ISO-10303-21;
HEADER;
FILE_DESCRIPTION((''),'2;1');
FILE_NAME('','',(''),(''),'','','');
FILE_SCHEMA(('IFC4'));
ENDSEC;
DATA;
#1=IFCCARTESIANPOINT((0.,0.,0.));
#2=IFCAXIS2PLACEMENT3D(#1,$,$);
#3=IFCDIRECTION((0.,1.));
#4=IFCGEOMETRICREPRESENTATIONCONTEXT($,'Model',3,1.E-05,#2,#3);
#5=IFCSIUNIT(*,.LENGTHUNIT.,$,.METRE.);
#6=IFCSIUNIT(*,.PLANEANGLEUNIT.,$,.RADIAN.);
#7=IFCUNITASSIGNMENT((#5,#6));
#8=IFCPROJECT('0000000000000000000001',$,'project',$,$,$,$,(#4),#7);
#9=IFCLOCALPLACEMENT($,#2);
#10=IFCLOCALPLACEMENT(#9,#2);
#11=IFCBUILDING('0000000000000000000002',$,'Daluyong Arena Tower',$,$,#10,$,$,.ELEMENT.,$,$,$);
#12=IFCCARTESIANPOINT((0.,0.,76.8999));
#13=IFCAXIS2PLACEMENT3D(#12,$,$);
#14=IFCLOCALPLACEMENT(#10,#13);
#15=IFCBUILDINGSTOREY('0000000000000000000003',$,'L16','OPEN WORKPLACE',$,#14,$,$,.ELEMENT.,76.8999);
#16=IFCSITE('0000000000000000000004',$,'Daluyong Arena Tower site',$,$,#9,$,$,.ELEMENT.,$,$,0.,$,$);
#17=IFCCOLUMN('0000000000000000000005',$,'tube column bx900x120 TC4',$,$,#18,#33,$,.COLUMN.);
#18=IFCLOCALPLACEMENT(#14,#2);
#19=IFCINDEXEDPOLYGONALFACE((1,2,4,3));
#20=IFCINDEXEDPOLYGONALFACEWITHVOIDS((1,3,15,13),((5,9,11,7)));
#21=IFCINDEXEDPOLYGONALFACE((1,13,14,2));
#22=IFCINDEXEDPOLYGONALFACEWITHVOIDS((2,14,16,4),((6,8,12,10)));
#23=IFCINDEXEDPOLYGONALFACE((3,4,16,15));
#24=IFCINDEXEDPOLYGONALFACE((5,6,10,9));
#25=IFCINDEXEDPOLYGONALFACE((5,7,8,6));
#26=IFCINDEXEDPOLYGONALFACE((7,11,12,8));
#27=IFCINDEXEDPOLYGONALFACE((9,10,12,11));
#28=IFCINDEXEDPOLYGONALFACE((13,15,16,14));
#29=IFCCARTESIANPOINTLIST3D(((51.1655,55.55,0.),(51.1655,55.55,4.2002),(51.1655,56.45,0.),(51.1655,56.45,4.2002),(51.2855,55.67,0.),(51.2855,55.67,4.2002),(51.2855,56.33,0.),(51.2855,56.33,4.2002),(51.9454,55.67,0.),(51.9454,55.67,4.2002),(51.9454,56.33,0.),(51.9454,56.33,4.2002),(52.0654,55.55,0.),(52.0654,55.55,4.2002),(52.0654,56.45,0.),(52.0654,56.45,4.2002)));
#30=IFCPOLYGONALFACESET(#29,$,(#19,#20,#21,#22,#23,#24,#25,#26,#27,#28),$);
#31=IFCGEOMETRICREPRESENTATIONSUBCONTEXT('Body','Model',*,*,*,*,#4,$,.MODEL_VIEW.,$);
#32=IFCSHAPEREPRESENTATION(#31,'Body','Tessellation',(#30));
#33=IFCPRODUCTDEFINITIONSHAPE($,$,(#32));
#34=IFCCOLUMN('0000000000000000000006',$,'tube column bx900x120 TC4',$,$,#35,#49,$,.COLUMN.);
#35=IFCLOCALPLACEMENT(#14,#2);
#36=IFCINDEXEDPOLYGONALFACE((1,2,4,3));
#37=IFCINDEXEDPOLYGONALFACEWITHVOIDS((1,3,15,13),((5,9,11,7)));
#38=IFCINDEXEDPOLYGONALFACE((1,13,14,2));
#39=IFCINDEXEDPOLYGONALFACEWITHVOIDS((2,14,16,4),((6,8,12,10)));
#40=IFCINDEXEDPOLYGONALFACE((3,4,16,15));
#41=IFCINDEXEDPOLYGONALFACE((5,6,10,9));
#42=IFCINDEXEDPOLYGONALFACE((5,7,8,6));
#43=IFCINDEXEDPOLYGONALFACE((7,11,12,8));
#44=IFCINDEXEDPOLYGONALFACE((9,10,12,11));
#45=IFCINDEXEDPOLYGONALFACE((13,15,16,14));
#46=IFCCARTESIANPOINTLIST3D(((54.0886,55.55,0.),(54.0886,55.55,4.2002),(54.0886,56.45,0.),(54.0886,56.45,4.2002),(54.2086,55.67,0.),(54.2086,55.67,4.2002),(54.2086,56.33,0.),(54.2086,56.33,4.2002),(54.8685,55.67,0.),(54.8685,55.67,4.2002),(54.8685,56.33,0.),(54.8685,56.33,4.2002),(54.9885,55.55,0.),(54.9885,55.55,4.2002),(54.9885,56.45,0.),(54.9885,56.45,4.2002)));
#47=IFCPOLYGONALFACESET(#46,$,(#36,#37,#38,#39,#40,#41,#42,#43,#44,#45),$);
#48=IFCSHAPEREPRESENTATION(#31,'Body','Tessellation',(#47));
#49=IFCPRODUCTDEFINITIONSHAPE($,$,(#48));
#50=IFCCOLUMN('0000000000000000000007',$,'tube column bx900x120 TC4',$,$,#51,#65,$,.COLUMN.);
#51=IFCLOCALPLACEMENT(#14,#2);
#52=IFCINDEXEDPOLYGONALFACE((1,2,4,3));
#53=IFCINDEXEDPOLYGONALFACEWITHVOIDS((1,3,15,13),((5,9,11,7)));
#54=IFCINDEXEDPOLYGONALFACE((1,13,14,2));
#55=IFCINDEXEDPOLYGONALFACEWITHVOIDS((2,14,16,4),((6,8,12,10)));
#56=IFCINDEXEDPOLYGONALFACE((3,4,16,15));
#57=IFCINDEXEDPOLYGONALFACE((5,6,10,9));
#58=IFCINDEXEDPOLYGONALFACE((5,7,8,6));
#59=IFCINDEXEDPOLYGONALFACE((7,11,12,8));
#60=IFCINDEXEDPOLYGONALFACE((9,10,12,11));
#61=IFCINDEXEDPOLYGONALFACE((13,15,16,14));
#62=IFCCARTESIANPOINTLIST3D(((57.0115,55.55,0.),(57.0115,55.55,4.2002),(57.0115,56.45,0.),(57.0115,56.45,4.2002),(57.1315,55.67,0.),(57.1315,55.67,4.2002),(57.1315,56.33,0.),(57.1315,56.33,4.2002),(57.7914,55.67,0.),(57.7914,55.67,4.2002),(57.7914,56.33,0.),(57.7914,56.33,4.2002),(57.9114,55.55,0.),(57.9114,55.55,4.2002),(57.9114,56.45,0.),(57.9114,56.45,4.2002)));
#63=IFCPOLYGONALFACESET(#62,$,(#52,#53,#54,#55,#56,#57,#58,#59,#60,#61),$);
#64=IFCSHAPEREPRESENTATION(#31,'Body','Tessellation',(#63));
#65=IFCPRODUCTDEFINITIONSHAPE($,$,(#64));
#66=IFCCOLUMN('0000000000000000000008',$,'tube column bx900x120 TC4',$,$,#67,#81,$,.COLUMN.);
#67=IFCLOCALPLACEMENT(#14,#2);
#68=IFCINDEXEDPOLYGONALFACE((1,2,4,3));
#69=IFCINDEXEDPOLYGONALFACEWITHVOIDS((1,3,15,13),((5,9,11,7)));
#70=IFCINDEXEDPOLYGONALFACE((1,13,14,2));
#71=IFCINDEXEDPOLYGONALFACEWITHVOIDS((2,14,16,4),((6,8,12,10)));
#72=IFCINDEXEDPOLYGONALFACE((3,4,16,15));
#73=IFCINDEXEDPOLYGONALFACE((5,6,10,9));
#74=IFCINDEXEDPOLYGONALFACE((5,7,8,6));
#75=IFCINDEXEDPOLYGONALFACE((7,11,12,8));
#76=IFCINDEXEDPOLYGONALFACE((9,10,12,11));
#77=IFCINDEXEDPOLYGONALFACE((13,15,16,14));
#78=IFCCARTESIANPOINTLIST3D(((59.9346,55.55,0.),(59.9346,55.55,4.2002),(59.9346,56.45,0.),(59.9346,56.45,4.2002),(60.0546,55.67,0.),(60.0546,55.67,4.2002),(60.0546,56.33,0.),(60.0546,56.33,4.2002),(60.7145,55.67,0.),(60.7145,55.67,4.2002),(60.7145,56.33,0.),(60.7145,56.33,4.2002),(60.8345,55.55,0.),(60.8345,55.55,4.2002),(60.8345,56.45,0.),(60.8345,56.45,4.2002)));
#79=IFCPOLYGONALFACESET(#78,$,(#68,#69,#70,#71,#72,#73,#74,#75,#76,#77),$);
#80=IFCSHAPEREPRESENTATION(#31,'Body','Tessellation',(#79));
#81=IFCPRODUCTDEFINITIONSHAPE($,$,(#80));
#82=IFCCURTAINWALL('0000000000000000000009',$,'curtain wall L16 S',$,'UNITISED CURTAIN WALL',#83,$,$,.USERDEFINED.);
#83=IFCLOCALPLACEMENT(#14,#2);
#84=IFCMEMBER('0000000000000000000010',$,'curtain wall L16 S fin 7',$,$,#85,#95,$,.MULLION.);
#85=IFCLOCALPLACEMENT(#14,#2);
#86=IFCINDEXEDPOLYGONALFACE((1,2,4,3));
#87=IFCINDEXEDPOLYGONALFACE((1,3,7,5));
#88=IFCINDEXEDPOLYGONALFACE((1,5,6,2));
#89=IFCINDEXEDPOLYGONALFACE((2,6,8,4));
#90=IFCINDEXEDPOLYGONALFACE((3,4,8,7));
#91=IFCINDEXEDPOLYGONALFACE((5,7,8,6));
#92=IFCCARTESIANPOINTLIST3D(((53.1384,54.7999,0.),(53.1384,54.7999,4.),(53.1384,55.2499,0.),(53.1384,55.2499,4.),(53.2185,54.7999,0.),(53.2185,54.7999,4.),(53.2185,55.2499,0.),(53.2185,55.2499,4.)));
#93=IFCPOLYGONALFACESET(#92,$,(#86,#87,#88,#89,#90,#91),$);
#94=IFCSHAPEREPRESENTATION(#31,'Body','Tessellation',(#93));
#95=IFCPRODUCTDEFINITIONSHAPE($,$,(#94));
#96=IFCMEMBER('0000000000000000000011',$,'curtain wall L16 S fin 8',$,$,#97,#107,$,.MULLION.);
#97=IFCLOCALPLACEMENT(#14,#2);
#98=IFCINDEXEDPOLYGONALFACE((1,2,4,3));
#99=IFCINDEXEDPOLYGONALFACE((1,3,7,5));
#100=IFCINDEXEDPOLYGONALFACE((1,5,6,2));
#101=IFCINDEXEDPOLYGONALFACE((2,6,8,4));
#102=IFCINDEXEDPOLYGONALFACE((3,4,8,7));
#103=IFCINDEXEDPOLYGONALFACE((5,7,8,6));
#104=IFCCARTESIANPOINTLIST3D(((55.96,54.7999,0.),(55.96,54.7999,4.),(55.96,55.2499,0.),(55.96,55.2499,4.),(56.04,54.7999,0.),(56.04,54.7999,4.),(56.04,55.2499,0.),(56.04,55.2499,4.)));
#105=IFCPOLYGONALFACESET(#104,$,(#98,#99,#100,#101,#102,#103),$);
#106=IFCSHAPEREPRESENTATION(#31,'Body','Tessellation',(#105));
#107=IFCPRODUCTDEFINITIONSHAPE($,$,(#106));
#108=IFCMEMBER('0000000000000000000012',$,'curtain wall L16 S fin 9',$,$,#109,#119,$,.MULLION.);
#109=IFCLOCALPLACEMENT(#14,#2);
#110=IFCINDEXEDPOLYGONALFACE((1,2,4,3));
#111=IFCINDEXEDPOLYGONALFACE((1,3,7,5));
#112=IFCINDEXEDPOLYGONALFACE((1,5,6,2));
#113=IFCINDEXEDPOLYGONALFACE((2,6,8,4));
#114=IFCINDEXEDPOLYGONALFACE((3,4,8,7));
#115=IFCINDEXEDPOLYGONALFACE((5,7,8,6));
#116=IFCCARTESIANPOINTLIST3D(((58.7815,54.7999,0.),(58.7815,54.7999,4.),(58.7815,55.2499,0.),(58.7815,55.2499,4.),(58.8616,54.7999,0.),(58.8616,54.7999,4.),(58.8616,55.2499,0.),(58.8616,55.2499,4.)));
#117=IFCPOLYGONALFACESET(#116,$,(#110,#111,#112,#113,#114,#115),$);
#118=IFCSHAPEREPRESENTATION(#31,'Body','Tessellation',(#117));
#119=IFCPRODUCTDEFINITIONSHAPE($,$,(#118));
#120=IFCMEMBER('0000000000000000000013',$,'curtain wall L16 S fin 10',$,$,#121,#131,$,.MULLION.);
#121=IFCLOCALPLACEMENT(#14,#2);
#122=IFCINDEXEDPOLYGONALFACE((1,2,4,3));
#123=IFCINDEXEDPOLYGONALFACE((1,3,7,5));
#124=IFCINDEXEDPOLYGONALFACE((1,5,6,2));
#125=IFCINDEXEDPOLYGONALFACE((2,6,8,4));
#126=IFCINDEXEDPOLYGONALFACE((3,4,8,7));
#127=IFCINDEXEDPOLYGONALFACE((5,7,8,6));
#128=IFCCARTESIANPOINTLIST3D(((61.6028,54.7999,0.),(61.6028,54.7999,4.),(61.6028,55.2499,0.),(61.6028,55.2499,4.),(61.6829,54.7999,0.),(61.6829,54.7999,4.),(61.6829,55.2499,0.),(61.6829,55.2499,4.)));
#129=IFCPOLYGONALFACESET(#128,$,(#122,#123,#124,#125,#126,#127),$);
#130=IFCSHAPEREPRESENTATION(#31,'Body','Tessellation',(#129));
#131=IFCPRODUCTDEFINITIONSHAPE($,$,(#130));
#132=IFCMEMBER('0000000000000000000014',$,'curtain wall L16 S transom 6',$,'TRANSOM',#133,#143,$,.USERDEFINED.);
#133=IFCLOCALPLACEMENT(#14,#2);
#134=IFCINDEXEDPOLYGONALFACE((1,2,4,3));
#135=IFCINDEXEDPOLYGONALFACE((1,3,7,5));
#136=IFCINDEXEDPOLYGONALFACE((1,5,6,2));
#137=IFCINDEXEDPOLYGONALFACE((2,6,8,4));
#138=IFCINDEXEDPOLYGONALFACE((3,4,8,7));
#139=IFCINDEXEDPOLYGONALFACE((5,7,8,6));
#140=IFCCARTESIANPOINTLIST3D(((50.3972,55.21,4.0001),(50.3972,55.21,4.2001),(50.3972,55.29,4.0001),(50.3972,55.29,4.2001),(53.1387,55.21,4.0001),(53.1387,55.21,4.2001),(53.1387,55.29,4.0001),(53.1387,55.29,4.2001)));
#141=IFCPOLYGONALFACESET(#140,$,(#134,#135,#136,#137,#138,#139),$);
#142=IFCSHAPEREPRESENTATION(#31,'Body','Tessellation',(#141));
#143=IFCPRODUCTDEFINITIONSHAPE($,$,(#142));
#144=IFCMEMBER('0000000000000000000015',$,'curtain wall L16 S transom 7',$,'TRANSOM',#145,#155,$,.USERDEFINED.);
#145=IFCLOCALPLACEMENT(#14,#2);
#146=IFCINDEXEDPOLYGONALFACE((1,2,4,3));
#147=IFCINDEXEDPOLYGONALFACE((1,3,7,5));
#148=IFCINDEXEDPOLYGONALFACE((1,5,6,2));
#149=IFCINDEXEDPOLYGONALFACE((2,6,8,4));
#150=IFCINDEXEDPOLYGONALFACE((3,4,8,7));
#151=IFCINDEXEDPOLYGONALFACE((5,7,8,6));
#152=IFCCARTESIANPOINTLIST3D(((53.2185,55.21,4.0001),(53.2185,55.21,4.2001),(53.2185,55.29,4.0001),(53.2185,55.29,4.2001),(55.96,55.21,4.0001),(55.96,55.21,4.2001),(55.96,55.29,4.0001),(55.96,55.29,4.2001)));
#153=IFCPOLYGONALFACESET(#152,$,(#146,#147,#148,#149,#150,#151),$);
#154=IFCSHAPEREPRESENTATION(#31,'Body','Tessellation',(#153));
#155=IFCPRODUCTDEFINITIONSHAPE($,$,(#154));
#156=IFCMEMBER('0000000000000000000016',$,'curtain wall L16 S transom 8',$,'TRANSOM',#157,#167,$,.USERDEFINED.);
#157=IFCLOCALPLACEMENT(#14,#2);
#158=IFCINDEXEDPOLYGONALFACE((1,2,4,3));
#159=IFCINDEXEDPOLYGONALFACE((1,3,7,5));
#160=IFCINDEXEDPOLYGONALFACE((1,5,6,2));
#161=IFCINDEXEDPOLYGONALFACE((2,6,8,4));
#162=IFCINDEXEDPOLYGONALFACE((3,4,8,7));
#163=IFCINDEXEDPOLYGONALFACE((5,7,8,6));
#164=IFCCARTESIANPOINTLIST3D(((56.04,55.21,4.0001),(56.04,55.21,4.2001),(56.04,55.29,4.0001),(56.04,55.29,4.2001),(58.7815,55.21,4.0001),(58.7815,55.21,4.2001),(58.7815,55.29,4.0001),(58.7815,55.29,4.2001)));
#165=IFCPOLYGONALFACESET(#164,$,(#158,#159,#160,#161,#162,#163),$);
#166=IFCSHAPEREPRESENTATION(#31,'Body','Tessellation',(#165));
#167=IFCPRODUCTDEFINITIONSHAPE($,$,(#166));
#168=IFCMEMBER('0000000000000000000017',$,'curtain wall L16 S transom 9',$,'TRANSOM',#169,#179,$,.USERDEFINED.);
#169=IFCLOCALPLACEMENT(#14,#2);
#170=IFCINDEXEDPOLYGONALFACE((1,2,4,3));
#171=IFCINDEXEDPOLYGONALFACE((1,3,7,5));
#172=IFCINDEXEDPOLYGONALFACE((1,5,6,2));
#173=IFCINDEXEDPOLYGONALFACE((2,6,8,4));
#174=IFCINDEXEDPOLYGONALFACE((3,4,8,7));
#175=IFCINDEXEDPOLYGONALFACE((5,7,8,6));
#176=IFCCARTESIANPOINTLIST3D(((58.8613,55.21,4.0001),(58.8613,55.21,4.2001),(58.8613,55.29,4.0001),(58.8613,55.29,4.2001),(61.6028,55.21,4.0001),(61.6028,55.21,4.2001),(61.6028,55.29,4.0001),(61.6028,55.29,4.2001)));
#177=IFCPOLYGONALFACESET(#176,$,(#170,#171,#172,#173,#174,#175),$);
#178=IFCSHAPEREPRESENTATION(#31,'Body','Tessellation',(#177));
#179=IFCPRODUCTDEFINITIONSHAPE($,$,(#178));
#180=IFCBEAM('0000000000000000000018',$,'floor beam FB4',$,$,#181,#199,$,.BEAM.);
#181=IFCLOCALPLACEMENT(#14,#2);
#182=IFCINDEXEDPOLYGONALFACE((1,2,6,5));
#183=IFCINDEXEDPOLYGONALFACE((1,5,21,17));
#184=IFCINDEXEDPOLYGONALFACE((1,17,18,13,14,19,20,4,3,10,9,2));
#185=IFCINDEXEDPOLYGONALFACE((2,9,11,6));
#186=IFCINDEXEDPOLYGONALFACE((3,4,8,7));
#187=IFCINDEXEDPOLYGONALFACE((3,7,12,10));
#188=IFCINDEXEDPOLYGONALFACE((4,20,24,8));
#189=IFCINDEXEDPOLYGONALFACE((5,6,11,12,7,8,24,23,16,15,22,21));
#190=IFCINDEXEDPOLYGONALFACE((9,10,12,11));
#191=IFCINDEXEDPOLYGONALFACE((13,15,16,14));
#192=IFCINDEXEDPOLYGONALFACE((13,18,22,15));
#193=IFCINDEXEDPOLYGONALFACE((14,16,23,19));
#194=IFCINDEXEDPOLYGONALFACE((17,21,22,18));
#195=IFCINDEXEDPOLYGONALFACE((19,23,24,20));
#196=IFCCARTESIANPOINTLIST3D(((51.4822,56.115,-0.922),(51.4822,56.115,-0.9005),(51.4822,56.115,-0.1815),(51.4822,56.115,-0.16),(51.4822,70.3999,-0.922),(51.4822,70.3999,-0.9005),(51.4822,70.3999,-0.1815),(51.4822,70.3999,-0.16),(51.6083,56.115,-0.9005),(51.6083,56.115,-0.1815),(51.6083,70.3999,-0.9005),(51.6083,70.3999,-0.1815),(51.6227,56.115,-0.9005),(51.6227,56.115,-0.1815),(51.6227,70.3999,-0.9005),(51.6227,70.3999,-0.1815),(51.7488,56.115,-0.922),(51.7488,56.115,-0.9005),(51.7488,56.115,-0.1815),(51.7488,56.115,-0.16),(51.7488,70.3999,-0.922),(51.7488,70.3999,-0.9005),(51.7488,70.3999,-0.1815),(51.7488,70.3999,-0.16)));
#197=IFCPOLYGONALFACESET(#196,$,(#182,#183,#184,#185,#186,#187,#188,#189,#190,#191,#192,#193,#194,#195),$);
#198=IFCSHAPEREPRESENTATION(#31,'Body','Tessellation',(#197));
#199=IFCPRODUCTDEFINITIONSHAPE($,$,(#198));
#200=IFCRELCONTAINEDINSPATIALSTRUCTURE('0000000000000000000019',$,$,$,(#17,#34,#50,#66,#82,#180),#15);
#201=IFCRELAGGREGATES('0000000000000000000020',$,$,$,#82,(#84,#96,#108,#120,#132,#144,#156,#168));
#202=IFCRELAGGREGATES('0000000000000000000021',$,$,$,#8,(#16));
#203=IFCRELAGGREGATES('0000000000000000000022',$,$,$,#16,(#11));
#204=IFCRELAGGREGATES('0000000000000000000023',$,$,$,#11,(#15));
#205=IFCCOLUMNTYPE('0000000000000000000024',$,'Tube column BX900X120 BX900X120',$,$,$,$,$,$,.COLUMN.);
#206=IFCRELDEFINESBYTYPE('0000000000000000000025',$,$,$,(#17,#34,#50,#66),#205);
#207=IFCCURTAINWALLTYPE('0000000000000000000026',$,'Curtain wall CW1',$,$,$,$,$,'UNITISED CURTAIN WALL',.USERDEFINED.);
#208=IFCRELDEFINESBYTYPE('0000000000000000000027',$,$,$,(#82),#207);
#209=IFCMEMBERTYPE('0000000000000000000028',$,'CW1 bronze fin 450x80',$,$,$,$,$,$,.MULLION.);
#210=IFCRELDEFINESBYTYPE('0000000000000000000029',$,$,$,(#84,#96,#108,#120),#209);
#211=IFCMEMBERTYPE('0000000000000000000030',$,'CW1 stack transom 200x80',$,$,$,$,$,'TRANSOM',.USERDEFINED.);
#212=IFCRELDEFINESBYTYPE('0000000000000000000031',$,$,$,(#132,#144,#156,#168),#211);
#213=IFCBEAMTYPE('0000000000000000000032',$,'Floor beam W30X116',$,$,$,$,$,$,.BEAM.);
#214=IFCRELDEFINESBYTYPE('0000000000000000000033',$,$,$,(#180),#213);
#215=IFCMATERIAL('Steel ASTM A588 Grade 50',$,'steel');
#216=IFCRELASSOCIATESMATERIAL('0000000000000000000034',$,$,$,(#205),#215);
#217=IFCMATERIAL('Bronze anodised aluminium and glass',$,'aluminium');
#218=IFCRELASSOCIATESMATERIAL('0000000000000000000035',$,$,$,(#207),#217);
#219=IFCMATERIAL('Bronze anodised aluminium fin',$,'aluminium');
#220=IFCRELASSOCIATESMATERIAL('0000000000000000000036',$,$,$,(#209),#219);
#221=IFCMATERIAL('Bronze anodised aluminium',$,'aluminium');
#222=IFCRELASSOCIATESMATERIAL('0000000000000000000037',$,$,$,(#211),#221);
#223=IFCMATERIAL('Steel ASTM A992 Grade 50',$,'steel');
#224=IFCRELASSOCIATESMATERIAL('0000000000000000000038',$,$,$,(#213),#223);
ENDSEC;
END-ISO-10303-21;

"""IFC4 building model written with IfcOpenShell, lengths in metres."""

from ifc_helpers import new_model, si_unit, direction, frame, origin, origin_2d, place, context, subcontext, project, spatial, rectangle, hollow_rectangle, i_section, extrude, material, material_profile, profile_set, type_object, element, aggregate, save


model = new_model("IFC4")

# Units and contexts
model_context = context("Model", 3, precision=1e-05, world=origin(), true_north=direction((0.0, 1.0)))
body_context = subcontext(model_context, "Body", "Model", "MODEL_VIEW")
ifc_project = project(units=[si_unit("LENGTHUNIT", "METRE"), si_unit("PLANEANGLEUNIT", "RADIAN")], contexts=[model_context])

# Site, building, storey
site_placement = place(None, origin())
site = spatial("IfcSite", under=ifc_project, at=site_placement, Name="Daluyong Arena Tower site", CompositionType="ELEMENT", RefElevation=0.0)
building_placement = place(site_placement, origin())
building = spatial("IfcBuilding", under=site, at=building_placement, Name="Daluyong Arena Tower", CompositionType="ELEMENT")
storey_placement = place(building_placement, frame((0.0, 0.0, 76.8999)))
storey = spatial("IfcBuildingStorey", under=building, at=storey_placement, Name="L16", Description="OPEN WORKPLACE", CompositionType="ELEMENT", Elevation=76.8999)

# Columns
ifc_material_1 = material(Name="Steel ASTM A588 Grade 50", Category="steel")
ifc_material_profile_1 = material_profile(ifc_material_1, hollow_rectangle(XDim=0.8999, YDim=0.8999, WallThickness=0.12, at=origin_2d()))
ifc_profile_set_1 = profile_set([ifc_material_profile_1], Name="Steel ASTM A588 Grade 50")
column_type = type_object("IfcColumnType", Name="Tube column BX900X120 BX900X120", PredefinedType="COLUMN", material=ifc_profile_set_1)
for number, where, z_axis, x_axis, name in (
    (1, (51.6155, 56.0, 0.0), (0.0, 0.0, 1.0), (1.0, 0.0, 0.0), "tube column bx900x120 TC4"),
    (2, (54.5386, 56.0, 0.0), (0.0, 0.0, 1.0), (1.0, 0.0, 0.0), "tube column bx900x120 TC4"),
    (3, (57.4614, 56.0, 0.0), (0.0, 0.0, 1.0), (1.0, 0.0, 0.0), "tube column bx900x120 TC4"),
    (4, (60.3845, 56.0, 0.0), (0.0, 0.0, 1.0), (1.0, 0.0, 0.0), "tube column bx900x120 TC4"),
):
    element("IfcColumn", number, at=place(storey_placement, frame(where, z_axis=z_axis, x_axis=x_axis)), inside=storey, type_object=column_type, Name=name, PredefinedType="COLUMN", context=body_context, shape_type="SweptSolid", body=[
        extrude(hollow_rectangle(XDim=0.8999, YDim=0.8999, WallThickness=0.12, at=origin_2d()), origin(), (0.0, 0.0, 1.0), 4.2002),
    ])

# Curtain wall, members
ifc_material_2 = material(Name="Bronze anodised aluminium and glass", Category="aluminium")
curtain_wall_type = type_object("IfcCurtainWallType", Name="Curtain wall CW1", ElementType="UNITISED CURTAIN WALL", PredefinedType="USERDEFINED", material=ifc_material_2)
curtain_wall_placement = place(storey_placement, origin())
curtain_wall = element("IfcCurtainWall", 5, at=curtain_wall_placement, inside=storey, type_object=curtain_wall_type, Name="curtain wall L16 S", ObjectType="UNITISED CURTAIN WALL", PredefinedType="USERDEFINED")
ifc_material_3 = material(Name="Bronze anodised aluminium fin", Category="aluminium")
ifc_material_profile_2 = material_profile(ifc_material_3, rectangle(XDim=0.45, YDim=0.0801, at=origin_2d()))
ifc_profile_set_2 = profile_set([ifc_material_profile_2], Name="Bronze anodised aluminium fin")
member_type_1 = type_object("IfcMemberType", Name="CW1 bronze fin 450x80", PredefinedType="MULLION", material=ifc_profile_set_2)
member_1_placement = place(storey_placement, frame((53.1785, 55.0249, 0.0), z_axis=(0.0, 0.0, 1.0), x_axis=(0.0, 1.0, 0.0)))
member_1 = element("IfcMember", 6, at=member_1_placement, type_object=member_type_1, Name="curtain wall L16 S fin 7", PredefinedType="MULLION", context=body_context, shape_type="SweptSolid", body=[
    extrude(rectangle(XDim=0.45, YDim=0.0801, at=origin_2d()), origin(), (0.0, 0.0, 1.0), 4.0),
])
member_2_placement = place(storey_placement, frame((56.0, 55.0249, 0.0), z_axis=(0.0, 0.0, 1.0), x_axis=(0.0, 1.0, 0.0)))
member_2 = element("IfcMember", 7, at=member_2_placement, type_object=member_type_1, Name="curtain wall L16 S fin 8", PredefinedType="MULLION", context=body_context, shape_type="SweptSolid", body=[
    extrude(rectangle(XDim=0.45, YDim=0.0801, at=origin_2d()), origin(), (0.0, 0.0, 1.0), 4.0),
])
member_3_placement = place(storey_placement, frame((58.8215, 55.0249, 0.0), z_axis=(0.0, 0.0, 1.0), x_axis=(0.0, 1.0, 0.0)))
member_3 = element("IfcMember", 8, at=member_3_placement, type_object=member_type_1, Name="curtain wall L16 S fin 9", PredefinedType="MULLION", context=body_context, shape_type="SweptSolid", body=[
    extrude(rectangle(XDim=0.45, YDim=0.0801, at=origin_2d()), origin(), (0.0, 0.0, 1.0), 4.0),
])
member_4_placement = place(storey_placement, frame((61.6428, 55.0249, 0.0), z_axis=(0.0, 0.0, 1.0), x_axis=(0.0, 1.0, 0.0)))
member_4 = element("IfcMember", 9, at=member_4_placement, type_object=member_type_1, Name="curtain wall L16 S fin 10", PredefinedType="MULLION", context=body_context, shape_type="SweptSolid", body=[
    extrude(rectangle(XDim=0.45, YDim=0.0801, at=origin_2d()), origin(), (0.0, 0.0, 1.0), 4.0),
])
ifc_material_4 = material(Name="Bronze anodised aluminium", Category="aluminium")
ifc_material_profile_3 = material_profile(ifc_material_4, rectangle(XDim=0.0801, YDim=0.2, at=origin_2d()))
ifc_profile_set_3 = profile_set([ifc_material_profile_3], Name="Bronze anodised aluminium")
member_type_2 = type_object("IfcMemberType", Name="CW1 stack transom 200x80", ElementType="TRANSOM", PredefinedType="USERDEFINED", material=ifc_profile_set_3)
member_5_placement = place(storey_placement, frame((50.3972, 55.25, 4.1001), z_axis=(1.0, 0.0, 0.0), x_axis=(0.0, 1.0, 0.0)))
member_5 = element("IfcMember", 10, at=member_5_placement, type_object=member_type_2, Name="curtain wall L16 S transom 6", ObjectType="TRANSOM", PredefinedType="USERDEFINED", context=body_context, shape_type="SweptSolid", body=[
    extrude(rectangle(XDim=0.0801, YDim=0.2, at=origin_2d()), origin(), (0.0, 0.0, 1.0), 2.7415),
])
member_6_placement = place(storey_placement, frame((53.2185, 55.25, 4.1001), z_axis=(1.0, 0.0, 0.0), x_axis=(0.0, 1.0, 0.0)))
member_6 = element("IfcMember", 11, at=member_6_placement, type_object=member_type_2, Name="curtain wall L16 S transom 7", ObjectType="TRANSOM", PredefinedType="USERDEFINED", context=body_context, shape_type="SweptSolid", body=[
    extrude(rectangle(XDim=0.0801, YDim=0.2, at=origin_2d()), origin(), (0.0, 0.0, 1.0), 2.7415),
])
member_7_placement = place(storey_placement, frame((56.04, 55.25, 4.1001), z_axis=(1.0, 0.0, 0.0), x_axis=(0.0, 1.0, 0.0)))
member_7 = element("IfcMember", 12, at=member_7_placement, type_object=member_type_2, Name="curtain wall L16 S transom 8", ObjectType="TRANSOM", PredefinedType="USERDEFINED", context=body_context, shape_type="SweptSolid", body=[
    extrude(rectangle(XDim=0.0801, YDim=0.2, at=origin_2d()), origin(), (0.0, 0.0, 1.0), 2.7415),
])
member_8_placement = place(storey_placement, frame((58.8613, 55.25, 4.1001), z_axis=(1.0, 0.0, 0.0), x_axis=(0.0, 1.0, 0.0)))
member_8 = element("IfcMember", 13, at=member_8_placement, type_object=member_type_2, Name="curtain wall L16 S transom 9", ObjectType="TRANSOM", PredefinedType="USERDEFINED", context=body_context, shape_type="SweptSolid", body=[
    extrude(rectangle(XDim=0.0801, YDim=0.2, at=origin_2d()), origin(), (0.0, 0.0, 1.0), 2.7415),
])

# Beam
ifc_material_5 = material(Name="Steel ASTM A992 Grade 50", Category="steel")
ifc_material_profile_4 = material_profile(ifc_material_5, i_section(OverallWidth=0.2666, OverallDepth=0.762, WebThickness=0.0144, FlangeThickness=0.0215, at=origin_2d()))
ifc_profile_set_4 = profile_set([ifc_material_profile_4], Name="Steel ASTM A992 Grade 50")
beam_type_1 = type_object("IfcBeamType", Name="Floor beam W30X116", PredefinedType="BEAM", material=ifc_profile_set_4)
for number, where, z_axis, x_axis, name in (
    (14, (51.6155, 56.115, -0.541), (0.0, 1.0, 0.0), (-1.0, 0.0, 0.0), "floor beam FB4"),
):
    element("IfcBeam", number, at=place(storey_placement, frame(where, z_axis=z_axis, x_axis=x_axis)), inside=storey, type_object=beam_type_1, Name=name, PredefinedType="BEAM", context=body_context, shape_type="SweptSolid", body=[
        extrude(i_section(OverallWidth=0.2666, OverallDepth=0.762, WebThickness=0.0144, FlangeThickness=0.0215, at=origin_2d()), origin(), (0.0, 0.0, 1.0), 14.2849),
    ])

aggregate(curtain_wall, [member_1, member_2, member_3, member_4, member_5, member_6, member_7, member_8])

save(model, "model.ifc")
